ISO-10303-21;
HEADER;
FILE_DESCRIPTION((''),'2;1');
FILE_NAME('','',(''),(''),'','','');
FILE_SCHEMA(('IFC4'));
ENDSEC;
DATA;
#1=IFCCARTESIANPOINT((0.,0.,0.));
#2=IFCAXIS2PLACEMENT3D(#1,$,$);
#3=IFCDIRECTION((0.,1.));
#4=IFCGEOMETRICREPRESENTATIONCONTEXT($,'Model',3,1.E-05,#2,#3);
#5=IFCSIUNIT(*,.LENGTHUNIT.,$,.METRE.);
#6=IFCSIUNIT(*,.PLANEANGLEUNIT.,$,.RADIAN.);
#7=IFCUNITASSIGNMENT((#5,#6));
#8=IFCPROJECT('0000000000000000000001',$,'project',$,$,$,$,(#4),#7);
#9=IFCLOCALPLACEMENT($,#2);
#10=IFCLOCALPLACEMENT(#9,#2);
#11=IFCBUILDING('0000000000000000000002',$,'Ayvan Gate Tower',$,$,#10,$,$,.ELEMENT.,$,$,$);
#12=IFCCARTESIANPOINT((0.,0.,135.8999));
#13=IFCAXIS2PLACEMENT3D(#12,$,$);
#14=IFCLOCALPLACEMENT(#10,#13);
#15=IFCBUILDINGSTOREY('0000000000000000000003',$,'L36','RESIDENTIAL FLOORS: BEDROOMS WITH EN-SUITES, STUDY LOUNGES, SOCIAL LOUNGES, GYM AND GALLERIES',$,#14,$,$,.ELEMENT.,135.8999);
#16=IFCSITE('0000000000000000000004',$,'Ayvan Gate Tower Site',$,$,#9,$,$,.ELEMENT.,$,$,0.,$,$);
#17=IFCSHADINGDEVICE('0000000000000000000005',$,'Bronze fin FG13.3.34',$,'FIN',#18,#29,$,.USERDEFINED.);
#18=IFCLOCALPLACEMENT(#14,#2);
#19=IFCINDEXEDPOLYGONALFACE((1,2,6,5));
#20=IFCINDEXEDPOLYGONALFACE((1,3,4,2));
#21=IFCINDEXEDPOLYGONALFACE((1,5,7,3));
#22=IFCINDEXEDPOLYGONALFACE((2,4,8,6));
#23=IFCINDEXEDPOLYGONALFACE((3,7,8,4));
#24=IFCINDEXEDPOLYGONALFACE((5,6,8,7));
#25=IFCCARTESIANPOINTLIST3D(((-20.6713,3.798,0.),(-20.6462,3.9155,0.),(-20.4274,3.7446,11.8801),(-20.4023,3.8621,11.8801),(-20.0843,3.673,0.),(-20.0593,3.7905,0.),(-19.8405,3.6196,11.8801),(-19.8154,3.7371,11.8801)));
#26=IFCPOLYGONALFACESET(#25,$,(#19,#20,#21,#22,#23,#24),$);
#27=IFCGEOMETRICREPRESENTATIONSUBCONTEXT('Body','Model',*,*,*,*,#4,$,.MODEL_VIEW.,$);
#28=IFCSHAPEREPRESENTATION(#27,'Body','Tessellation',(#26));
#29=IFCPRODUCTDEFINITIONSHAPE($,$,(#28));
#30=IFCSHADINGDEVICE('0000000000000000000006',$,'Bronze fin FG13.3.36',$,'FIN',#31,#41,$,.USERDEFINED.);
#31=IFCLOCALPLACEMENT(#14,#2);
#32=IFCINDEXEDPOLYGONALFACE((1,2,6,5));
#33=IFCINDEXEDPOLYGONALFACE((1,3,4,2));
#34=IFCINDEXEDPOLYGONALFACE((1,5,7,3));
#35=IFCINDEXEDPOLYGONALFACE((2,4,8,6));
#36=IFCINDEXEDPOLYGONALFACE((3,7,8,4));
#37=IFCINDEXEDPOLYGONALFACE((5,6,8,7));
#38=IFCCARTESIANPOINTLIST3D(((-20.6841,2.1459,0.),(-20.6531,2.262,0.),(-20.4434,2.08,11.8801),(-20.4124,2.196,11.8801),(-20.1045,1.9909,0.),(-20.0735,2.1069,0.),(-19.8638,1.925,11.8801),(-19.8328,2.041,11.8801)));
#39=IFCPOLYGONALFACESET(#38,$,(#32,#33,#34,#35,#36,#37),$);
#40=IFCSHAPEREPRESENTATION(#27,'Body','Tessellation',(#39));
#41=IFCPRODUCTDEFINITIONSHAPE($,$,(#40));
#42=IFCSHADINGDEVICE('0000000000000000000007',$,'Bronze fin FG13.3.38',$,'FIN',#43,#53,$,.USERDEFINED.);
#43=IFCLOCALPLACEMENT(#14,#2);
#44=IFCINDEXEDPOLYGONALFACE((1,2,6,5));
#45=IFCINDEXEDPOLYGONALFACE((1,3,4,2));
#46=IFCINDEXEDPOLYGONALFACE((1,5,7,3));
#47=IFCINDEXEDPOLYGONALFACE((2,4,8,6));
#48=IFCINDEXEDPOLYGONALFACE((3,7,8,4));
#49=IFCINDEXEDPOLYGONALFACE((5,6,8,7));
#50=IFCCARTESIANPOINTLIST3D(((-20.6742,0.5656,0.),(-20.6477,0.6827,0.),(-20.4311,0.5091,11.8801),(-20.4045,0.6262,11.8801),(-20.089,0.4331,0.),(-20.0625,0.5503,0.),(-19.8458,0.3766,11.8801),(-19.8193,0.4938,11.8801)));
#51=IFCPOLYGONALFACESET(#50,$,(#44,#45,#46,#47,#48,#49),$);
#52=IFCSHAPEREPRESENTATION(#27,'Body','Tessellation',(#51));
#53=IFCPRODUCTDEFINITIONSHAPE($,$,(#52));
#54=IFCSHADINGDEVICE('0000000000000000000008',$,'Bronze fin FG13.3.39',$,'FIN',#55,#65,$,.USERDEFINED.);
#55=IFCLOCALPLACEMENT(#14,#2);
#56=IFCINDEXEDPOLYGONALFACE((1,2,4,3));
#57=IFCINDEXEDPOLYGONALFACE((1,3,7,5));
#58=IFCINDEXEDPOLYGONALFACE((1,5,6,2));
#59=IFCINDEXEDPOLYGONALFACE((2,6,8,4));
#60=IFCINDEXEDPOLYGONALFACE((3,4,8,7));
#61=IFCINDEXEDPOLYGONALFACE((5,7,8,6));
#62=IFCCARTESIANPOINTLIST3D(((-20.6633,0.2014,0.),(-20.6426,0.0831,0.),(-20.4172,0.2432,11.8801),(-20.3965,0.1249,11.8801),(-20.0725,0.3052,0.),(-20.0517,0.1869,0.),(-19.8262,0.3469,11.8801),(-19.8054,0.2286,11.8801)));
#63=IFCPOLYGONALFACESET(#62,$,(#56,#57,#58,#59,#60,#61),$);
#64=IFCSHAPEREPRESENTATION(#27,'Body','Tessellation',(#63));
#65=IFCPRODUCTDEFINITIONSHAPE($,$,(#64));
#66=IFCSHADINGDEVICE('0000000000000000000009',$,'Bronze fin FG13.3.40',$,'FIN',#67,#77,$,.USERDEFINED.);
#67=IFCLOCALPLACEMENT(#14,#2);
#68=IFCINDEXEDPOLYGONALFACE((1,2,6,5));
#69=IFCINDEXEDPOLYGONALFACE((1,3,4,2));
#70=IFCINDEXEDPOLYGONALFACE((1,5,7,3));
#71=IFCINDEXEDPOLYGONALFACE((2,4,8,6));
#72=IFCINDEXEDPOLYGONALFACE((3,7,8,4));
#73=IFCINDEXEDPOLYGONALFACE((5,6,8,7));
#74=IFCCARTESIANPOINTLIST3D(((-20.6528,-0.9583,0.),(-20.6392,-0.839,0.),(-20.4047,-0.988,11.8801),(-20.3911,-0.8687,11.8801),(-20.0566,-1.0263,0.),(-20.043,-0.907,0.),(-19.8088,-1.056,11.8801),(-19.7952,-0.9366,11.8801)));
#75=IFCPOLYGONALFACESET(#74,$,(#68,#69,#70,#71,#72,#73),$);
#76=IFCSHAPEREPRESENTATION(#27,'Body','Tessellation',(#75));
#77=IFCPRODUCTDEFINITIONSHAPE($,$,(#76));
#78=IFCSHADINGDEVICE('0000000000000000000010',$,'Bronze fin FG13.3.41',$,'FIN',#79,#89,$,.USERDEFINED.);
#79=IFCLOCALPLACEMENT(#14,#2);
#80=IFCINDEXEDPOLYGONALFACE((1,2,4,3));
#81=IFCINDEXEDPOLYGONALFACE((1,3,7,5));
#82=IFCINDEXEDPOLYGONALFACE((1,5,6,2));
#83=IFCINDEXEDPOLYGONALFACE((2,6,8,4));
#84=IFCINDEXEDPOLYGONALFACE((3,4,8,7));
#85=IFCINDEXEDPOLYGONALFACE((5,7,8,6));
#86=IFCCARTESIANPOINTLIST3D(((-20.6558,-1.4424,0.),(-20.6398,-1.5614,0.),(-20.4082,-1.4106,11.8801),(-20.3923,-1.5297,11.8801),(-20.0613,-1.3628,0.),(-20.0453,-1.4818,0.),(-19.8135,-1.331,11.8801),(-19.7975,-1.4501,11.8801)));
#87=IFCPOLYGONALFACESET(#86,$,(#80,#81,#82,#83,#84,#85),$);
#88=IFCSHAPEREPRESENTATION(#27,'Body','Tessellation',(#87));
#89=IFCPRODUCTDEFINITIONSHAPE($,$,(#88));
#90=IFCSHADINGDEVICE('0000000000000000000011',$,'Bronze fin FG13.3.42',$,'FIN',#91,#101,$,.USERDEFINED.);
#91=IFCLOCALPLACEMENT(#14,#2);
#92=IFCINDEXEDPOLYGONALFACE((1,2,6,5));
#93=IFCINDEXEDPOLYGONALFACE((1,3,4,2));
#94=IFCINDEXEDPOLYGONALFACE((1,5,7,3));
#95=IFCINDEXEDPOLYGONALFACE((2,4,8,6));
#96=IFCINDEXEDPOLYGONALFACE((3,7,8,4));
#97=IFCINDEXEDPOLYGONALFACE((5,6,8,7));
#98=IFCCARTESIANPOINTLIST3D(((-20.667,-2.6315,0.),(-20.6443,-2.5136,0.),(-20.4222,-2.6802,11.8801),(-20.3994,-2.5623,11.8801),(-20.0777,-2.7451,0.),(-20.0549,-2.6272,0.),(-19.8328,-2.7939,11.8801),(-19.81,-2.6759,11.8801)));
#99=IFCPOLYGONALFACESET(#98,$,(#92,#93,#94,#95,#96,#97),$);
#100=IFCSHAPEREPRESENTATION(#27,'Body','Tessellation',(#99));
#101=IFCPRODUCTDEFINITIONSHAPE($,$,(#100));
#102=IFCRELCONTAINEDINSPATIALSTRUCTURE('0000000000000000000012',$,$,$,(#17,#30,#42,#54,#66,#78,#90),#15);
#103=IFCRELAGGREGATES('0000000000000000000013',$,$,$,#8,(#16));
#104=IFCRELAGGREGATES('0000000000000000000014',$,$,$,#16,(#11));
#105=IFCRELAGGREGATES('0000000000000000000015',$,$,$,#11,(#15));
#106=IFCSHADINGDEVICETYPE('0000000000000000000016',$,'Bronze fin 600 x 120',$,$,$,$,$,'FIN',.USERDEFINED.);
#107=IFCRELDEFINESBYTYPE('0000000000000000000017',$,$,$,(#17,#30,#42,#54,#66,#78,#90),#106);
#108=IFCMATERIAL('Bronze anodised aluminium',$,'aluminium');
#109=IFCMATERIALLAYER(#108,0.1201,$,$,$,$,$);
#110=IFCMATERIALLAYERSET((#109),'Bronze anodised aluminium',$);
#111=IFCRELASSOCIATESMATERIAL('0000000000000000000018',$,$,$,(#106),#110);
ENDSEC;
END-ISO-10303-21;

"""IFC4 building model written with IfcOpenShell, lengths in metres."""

from ifc_helpers import new_model, si_unit, direction, frame, origin, place, context, subcontext, project, spatial, polyline, outline, extrude, material, layer, layer_set, type_object, element, save


model = new_model("IFC4")

# Units and contexts
model_context = context("Model", 3, precision=1e-05, world=origin(), true_north=direction((0.0, 1.0)))
body_context = subcontext(model_context, "Body", "Model", "MODEL_VIEW")
ifc_project = project(units=[si_unit("LENGTHUNIT", "METRE"), si_unit("PLANEANGLEUNIT", "RADIAN")], contexts=[model_context])

# Site, building, storey
site_placement = place(None, origin())
site = spatial("IfcSite", under=ifc_project, at=site_placement, Name="Ayvan Gate Tower Site", CompositionType="ELEMENT", RefElevation=0.0)
building_placement = place(site_placement, origin())
building = spatial("IfcBuilding", under=site, at=building_placement, Name="Ayvan Gate Tower", CompositionType="ELEMENT")
storey_placement = place(building_placement, frame((0.0, 0.0, 135.8999)))
storey = spatial("IfcBuildingStorey", under=building, at=storey_placement, Name="L36", Description="RESIDENTIAL FLOORS: BEDROOMS WITH EN-SUITES, STUDY LOUNGES, SOCIAL LOUNGES, GYM AND GALLERIES", CompositionType="ELEMENT", Elevation=135.8999)

# Shared definitions
ifc_material_1 = material(Name="Bronze anodised aluminium", Category="aluminium")

# Shading devices
ifc_layer_1 = layer(ifc_material_1, 0.1201)
ifc_layer_set_1 = layer_set([ifc_layer_1], Name="Bronze anodised aluminium")
shading_device_type = type_object("IfcShadingDeviceType", Name="Bronze fin 600 x 120", ElementType="FIN", PredefinedType="USERDEFINED", material=ifc_layer_set_1)
shading_device_1_placement = place(storey_placement, frame((-20.0593, 3.7905, 0.0), z_axis=(0.208306, 0.978064, 0.000125), x_axis=(-0.978064, 0.208306, 0.0)))
element("IfcShadingDevice", 1, at=shading_device_1_placement, inside=storey, type_object=shading_device_type, Name="Bronze fin FG13.3.34", ObjectType="FIN", PredefinedType="USERDEFINED", context=body_context, shape_type="SweptSolid", body=[
    extrude(outline(polyline([(0.0, 0.0), (0.6001, 0.0), (0.3504, 11.8801), (-0.2497, 11.8801), (0.0, 0.0)])), origin(), (0.0, 0.0, -1.0), 0.1201),
])
shading_device_2_placement = place(storey_placement, frame((-20.0735, 2.1069, 0.0), z_axis=(0.258397, 0.966039, 0.000124), x_axis=(-0.966039, 0.258397, 0.0)))
element("IfcShadingDevice", 2, at=shading_device_2_placement, inside=storey, type_object=shading_device_type, Name="Bronze fin FG13.3.36", ObjectType="FIN", PredefinedType="USERDEFINED", context=body_context, shape_type="SweptSolid", body=[
    extrude(outline(polyline([(0.0, 0.0), (0.6, 0.0), (0.3504, 11.8801), (-0.2496, 11.8801), (0.0, 0.0)])), origin(), (0.0, 0.0, -1.0), 0.1201),
])
shading_device_3_placement = place(storey_placement, frame((-20.0625, 0.5503, 0.0), z_axis=(0.220742, 0.975332, 0.000122), x_axis=(-0.975332, 0.220742, 0.0)))
element("IfcShadingDevice", 3, at=shading_device_3_placement, inside=storey, type_object=shading_device_type, Name="Bronze fin FG13.3.38", ObjectType="FIN", PredefinedType="USERDEFINED", context=body_context, shape_type="SweptSolid", body=[
    extrude(outline(polyline([(0.0, 0.0), (0.6, 0.0), (0.3504, 11.8801), (-0.2497, 11.8801), (0.0, 0.0)])), origin(), (0.0, 0.0, -1.0), 0.1201),
])
shading_device_4_placement = place(storey_placement, frame((-20.0725, 0.3052, 0.0), z_axis=(-0.172938, 0.984933, 0.000123), x_axis=(-0.984933, -0.172938, 0.0)))
element("IfcShadingDevice", 4, at=shading_device_4_placement, inside=storey, type_object=shading_device_type, Name="Bronze fin FG13.3.39", ObjectType="FIN", PredefinedType="USERDEFINED", context=body_context, shape_type="SweptSolid", body=[
    extrude(outline(polyline([(0.0, 0.0), (0.5999, 0.0), (0.3503, 11.8801), (-0.2498, 11.8801), (0.0, 0.0)])), origin(), (0.0, 0.0, -1.0), 0.1201),
])
shading_device_5_placement = place(storey_placement, frame((-20.043, -0.907, 0.0), z_axis=(0.113334, 0.993557, 0.000116), x_axis=(-0.993557, 0.113334, 0.0)))
element("IfcShadingDevice", 5, at=shading_device_5_placement, inside=storey, type_object=shading_device_type, Name="Bronze fin FG13.3.40", ObjectType="FIN", PredefinedType="USERDEFINED", context=body_context, shape_type="SweptSolid", body=[
    extrude(outline(polyline([(0.0, 0.0), (0.6001, 0.0), (0.3502, 11.8801), (-0.2496, 11.8801), (0.0, 0.0)])), origin(), (0.0, 0.0, -1.0), 0.1201),
])
shading_device_6_placement = place(storey_placement, frame((-20.0613, -1.3628, 0.0), z_axis=(-0.13267, 0.99116, 0.000118), x_axis=(-0.99116, -0.13267, 0.0)))
element("IfcShadingDevice", 6, at=shading_device_6_placement, inside=storey, type_object=shading_device_type, Name="Bronze fin FG13.3.41", ObjectType="FIN", PredefinedType="USERDEFINED", context=body_context, shape_type="SweptSolid", body=[
    extrude(outline(polyline([(0.0, 0.0), (0.5998, 0.0), (0.3502, 11.8801), (-0.2498, 11.8801), (0.0, 0.0)])), origin(), (0.0, 0.0, -1.0), 0.1201),
])
shading_device_7_placement = place(storey_placement, frame((-20.0549, -2.6272, 0.0), z_axis=(0.189345, 0.981911, 0.000123), x_axis=(-0.981911, 0.189345, 0.0)))
element("IfcShadingDevice", 7, at=shading_device_7_placement, inside=storey, type_object=shading_device_type, Name="Bronze fin FG13.3.42", ObjectType="FIN", PredefinedType="USERDEFINED", context=body_context, shape_type="SweptSolid", body=[
    extrude(outline(polyline([(0.0, 0.0), (0.6002, 0.0), (0.3505, 11.8801), (-0.2497, 11.8801), (0.0, 0.0)])), origin(), (0.0, 0.0, -1.0), 0.1201),
])

save(model, "model.ifc")
